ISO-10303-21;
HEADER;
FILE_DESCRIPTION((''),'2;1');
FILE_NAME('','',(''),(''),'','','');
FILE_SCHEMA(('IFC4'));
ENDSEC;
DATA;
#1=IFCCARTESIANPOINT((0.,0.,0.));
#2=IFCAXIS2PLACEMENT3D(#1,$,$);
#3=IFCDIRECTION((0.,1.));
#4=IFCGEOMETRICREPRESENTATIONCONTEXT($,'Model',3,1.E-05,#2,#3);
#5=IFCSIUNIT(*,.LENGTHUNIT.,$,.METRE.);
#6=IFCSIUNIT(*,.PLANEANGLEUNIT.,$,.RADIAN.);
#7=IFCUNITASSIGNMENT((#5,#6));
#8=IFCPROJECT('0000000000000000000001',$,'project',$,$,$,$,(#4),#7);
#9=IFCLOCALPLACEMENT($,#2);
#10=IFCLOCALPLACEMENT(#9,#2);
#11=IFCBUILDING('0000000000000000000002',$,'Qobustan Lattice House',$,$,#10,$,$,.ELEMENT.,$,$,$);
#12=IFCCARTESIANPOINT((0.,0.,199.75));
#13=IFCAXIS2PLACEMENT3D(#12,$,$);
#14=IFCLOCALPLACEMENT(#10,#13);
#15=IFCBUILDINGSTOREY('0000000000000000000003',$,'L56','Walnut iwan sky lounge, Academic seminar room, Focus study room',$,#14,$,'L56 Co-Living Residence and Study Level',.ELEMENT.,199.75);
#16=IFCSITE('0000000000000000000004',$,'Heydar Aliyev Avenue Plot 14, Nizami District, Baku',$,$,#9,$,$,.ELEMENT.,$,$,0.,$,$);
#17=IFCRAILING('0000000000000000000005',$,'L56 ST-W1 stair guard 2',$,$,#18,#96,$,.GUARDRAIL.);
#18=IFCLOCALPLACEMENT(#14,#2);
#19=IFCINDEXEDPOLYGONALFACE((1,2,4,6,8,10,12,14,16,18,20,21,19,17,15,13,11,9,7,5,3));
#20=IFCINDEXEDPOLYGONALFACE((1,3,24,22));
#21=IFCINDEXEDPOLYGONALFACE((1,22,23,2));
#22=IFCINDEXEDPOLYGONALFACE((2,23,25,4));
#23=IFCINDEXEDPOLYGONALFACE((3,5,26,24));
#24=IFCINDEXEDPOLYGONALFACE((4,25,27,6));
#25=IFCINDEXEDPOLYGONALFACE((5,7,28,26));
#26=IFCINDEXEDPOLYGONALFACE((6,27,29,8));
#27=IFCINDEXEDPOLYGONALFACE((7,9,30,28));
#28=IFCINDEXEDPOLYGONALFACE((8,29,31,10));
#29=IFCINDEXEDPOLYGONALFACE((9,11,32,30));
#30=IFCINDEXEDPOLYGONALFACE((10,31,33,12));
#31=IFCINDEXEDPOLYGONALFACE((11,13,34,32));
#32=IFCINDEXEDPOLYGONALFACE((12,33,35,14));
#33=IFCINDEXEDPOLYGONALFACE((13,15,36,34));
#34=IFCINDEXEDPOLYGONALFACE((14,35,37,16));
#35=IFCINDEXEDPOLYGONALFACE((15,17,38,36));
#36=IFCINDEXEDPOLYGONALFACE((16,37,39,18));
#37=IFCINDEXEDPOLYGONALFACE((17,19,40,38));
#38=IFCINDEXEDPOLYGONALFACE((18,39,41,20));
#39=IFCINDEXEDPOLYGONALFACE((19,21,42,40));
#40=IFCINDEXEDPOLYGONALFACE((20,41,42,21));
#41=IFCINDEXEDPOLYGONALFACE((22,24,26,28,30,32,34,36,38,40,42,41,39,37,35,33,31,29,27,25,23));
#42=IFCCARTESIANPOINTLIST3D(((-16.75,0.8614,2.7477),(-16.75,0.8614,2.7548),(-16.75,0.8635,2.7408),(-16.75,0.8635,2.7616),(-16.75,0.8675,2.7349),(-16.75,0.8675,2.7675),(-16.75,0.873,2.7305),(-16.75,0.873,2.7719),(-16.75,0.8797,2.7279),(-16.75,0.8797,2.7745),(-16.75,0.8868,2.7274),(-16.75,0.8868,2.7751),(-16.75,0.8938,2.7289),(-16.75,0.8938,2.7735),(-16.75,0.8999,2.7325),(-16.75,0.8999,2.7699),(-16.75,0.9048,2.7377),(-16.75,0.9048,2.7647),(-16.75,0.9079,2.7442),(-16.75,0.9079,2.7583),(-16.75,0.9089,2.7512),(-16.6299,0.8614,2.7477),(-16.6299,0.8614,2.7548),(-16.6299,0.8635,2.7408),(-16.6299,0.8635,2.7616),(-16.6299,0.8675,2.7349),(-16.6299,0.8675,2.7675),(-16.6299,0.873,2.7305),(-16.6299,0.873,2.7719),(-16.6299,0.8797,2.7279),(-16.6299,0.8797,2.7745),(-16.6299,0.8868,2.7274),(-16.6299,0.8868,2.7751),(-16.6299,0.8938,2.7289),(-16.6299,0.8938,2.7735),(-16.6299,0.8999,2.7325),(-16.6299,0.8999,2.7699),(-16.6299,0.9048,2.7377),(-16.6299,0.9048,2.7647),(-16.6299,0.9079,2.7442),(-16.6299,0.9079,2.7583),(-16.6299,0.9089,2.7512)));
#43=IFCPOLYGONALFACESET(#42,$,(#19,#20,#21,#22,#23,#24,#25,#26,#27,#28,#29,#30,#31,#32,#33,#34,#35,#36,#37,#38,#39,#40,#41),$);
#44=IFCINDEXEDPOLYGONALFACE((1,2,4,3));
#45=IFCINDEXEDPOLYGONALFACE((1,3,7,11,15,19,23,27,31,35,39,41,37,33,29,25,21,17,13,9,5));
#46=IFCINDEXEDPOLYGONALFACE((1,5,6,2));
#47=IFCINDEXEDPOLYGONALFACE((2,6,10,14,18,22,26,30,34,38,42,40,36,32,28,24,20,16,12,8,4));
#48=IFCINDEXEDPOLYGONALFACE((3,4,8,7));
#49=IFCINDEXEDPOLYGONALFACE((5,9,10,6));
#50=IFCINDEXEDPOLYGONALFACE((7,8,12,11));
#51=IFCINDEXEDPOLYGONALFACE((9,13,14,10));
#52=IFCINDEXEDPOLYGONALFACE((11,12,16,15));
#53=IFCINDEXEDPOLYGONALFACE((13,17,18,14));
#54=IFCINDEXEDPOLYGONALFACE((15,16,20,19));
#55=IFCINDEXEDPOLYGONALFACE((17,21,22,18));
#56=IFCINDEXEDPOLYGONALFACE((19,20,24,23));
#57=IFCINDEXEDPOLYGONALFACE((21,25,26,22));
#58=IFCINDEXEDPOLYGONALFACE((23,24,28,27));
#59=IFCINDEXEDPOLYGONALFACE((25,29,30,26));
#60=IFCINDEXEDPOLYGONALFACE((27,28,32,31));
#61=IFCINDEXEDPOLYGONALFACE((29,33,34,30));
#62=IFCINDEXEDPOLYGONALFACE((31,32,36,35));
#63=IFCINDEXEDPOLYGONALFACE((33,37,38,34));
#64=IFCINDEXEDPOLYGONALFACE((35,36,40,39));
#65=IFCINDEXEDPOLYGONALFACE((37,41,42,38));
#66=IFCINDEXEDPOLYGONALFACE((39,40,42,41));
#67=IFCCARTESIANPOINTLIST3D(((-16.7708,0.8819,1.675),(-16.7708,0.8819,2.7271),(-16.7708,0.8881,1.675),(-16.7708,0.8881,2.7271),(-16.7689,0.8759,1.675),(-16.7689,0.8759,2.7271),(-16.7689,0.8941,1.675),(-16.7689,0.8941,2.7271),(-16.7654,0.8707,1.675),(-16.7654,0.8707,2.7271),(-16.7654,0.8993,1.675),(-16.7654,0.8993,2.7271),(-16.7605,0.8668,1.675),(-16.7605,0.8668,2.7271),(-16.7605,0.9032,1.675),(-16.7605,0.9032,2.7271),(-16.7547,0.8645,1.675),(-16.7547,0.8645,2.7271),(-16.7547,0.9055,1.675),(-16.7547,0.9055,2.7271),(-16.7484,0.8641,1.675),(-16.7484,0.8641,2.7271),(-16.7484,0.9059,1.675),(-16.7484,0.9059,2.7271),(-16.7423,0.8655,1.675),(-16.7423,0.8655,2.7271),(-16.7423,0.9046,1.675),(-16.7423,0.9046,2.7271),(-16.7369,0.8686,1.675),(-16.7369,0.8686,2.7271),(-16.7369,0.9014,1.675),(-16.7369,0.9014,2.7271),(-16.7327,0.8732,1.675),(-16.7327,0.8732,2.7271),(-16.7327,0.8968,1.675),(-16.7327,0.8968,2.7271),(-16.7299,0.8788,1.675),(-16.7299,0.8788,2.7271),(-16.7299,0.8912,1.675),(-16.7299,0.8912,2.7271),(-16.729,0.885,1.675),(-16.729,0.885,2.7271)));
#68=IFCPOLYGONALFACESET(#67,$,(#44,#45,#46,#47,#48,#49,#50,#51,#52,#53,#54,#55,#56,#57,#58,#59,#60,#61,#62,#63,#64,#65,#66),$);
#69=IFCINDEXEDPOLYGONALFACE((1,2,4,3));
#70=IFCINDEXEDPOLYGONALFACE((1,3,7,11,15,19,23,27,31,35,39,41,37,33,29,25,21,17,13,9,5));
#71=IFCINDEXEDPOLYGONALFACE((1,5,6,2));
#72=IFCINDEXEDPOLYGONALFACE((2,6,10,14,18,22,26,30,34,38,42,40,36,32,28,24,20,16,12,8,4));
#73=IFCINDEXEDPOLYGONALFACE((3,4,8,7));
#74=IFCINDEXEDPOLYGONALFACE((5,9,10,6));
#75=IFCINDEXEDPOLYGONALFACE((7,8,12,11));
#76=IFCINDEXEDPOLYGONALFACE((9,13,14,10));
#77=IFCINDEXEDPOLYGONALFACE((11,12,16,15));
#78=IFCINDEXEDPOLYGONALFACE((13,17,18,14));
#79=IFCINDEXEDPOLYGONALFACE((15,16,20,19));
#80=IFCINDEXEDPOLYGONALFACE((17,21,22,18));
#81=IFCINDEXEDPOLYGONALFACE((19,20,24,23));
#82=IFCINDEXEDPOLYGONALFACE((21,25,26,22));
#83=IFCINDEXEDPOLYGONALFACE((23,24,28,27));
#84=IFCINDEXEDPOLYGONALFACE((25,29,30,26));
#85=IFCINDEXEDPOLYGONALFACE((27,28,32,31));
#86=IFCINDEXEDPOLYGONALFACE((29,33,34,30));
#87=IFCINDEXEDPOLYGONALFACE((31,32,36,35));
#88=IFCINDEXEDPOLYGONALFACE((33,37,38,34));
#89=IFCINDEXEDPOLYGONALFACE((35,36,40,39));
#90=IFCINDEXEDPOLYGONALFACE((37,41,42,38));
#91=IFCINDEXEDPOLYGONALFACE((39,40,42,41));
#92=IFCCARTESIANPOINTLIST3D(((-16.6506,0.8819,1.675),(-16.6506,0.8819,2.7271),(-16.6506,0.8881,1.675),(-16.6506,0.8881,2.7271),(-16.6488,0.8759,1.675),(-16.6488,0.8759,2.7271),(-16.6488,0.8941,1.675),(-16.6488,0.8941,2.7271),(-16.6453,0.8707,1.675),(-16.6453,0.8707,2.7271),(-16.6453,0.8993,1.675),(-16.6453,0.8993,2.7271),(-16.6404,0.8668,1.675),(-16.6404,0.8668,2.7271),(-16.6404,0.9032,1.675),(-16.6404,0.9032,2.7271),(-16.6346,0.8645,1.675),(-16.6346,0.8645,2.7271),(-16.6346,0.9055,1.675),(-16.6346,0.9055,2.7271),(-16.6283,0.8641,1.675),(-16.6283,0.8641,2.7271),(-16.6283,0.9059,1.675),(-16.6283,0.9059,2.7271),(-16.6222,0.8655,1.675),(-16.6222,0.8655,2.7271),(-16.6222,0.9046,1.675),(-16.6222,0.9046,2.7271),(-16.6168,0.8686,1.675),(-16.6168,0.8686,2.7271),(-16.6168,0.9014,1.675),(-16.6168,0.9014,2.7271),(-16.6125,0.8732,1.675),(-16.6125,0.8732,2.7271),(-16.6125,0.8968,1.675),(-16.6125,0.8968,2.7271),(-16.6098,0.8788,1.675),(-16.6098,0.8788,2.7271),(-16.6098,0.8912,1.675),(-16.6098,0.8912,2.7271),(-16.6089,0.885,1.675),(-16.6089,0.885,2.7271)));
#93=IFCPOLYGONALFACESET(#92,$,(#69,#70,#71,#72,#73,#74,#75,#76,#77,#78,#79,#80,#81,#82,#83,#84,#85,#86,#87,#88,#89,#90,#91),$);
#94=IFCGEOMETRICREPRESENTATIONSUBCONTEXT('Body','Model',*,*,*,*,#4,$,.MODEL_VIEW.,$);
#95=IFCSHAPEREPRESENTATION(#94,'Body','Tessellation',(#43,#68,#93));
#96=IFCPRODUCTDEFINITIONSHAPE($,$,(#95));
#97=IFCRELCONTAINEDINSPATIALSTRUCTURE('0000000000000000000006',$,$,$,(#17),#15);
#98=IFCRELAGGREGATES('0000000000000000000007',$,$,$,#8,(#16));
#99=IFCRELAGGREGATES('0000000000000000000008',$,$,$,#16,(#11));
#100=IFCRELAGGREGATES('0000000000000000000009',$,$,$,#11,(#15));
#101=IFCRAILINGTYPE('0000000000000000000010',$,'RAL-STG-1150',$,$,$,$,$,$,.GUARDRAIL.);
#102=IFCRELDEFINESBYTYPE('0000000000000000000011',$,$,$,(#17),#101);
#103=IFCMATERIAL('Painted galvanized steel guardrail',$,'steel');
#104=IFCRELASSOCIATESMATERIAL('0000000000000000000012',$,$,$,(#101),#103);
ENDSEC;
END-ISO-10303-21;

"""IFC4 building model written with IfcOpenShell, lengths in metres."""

from ifc_helpers import new_model, si_unit, direction, frame, origin, origin_2d, place, context, subcontext, project, spatial, circle, extrude, material, type_object, element, save


model = new_model("IFC4")

# Units and contexts
model_context = context("Model", 3, precision=1e-05, world=origin(), true_north=direction((0.0, 1.0)))
body_context = subcontext(model_context, "Body", "Model", "MODEL_VIEW")
ifc_project = project(units=[si_unit("LENGTHUNIT", "METRE"), si_unit("PLANEANGLEUNIT", "RADIAN")], contexts=[model_context])

# Site, building, storey
site_placement = place(None, origin())
site = spatial("IfcSite", under=ifc_project, at=site_placement, Name="Heydar Aliyev Avenue Plot 14, Nizami District, Baku", CompositionType="ELEMENT", RefElevation=0.0)
building_placement = place(site_placement, origin())
building = spatial("IfcBuilding", under=site, at=building_placement, Name="Qobustan Lattice House", CompositionType="ELEMENT")
storey_placement = place(building_placement, frame((0.0, 0.0, 199.75)))
storey = spatial("IfcBuildingStorey", under=building, at=storey_placement, Name="L56", Description="Walnut iwan sky lounge, Academic seminar room, Focus study room", LongName="L56 Co-Living Residence and Study Level", CompositionType="ELEMENT", Elevation=199.75)

# Railing
ifc_material_1 = material(Name="Painted galvanized steel guardrail", Category="steel")
railing_type_1 = type_object("IfcRailingType", Name="RAL-STG-1150", PredefinedType="GUARDRAIL", material=ifc_material_1)
railing_1_placement = place(storey_placement, frame((-16.75, 0.885, 1.675)))
element("IfcRailing", 1, at=railing_1_placement, inside=storey, type_object=railing_type_1, Name="L56 ST-W1 stair guard 2", PredefinedType="GUARDRAIL", context=body_context, shape_type="SweptSolid", body=[
    extrude(circle(Radius=0.0239, at=origin_2d()), frame((0.0, 0.0, 1.0762), z_axis=(1.0, 0.0, 0.0), x_axis=(0.0, 1.0, 0.0)), (0.0, 0.0, 1.0), 0.1201),
    extrude(circle(Radius=0.021, at=origin_2d()), origin(), (0.0, 0.0, 1.0), 1.052),
    extrude(circle(Radius=0.021, at=origin_2d()), frame((0.1201, 0.0, 0.0)), (0.0, 0.0, 1.0), 1.052),
])

save(model, "model.ifc")
